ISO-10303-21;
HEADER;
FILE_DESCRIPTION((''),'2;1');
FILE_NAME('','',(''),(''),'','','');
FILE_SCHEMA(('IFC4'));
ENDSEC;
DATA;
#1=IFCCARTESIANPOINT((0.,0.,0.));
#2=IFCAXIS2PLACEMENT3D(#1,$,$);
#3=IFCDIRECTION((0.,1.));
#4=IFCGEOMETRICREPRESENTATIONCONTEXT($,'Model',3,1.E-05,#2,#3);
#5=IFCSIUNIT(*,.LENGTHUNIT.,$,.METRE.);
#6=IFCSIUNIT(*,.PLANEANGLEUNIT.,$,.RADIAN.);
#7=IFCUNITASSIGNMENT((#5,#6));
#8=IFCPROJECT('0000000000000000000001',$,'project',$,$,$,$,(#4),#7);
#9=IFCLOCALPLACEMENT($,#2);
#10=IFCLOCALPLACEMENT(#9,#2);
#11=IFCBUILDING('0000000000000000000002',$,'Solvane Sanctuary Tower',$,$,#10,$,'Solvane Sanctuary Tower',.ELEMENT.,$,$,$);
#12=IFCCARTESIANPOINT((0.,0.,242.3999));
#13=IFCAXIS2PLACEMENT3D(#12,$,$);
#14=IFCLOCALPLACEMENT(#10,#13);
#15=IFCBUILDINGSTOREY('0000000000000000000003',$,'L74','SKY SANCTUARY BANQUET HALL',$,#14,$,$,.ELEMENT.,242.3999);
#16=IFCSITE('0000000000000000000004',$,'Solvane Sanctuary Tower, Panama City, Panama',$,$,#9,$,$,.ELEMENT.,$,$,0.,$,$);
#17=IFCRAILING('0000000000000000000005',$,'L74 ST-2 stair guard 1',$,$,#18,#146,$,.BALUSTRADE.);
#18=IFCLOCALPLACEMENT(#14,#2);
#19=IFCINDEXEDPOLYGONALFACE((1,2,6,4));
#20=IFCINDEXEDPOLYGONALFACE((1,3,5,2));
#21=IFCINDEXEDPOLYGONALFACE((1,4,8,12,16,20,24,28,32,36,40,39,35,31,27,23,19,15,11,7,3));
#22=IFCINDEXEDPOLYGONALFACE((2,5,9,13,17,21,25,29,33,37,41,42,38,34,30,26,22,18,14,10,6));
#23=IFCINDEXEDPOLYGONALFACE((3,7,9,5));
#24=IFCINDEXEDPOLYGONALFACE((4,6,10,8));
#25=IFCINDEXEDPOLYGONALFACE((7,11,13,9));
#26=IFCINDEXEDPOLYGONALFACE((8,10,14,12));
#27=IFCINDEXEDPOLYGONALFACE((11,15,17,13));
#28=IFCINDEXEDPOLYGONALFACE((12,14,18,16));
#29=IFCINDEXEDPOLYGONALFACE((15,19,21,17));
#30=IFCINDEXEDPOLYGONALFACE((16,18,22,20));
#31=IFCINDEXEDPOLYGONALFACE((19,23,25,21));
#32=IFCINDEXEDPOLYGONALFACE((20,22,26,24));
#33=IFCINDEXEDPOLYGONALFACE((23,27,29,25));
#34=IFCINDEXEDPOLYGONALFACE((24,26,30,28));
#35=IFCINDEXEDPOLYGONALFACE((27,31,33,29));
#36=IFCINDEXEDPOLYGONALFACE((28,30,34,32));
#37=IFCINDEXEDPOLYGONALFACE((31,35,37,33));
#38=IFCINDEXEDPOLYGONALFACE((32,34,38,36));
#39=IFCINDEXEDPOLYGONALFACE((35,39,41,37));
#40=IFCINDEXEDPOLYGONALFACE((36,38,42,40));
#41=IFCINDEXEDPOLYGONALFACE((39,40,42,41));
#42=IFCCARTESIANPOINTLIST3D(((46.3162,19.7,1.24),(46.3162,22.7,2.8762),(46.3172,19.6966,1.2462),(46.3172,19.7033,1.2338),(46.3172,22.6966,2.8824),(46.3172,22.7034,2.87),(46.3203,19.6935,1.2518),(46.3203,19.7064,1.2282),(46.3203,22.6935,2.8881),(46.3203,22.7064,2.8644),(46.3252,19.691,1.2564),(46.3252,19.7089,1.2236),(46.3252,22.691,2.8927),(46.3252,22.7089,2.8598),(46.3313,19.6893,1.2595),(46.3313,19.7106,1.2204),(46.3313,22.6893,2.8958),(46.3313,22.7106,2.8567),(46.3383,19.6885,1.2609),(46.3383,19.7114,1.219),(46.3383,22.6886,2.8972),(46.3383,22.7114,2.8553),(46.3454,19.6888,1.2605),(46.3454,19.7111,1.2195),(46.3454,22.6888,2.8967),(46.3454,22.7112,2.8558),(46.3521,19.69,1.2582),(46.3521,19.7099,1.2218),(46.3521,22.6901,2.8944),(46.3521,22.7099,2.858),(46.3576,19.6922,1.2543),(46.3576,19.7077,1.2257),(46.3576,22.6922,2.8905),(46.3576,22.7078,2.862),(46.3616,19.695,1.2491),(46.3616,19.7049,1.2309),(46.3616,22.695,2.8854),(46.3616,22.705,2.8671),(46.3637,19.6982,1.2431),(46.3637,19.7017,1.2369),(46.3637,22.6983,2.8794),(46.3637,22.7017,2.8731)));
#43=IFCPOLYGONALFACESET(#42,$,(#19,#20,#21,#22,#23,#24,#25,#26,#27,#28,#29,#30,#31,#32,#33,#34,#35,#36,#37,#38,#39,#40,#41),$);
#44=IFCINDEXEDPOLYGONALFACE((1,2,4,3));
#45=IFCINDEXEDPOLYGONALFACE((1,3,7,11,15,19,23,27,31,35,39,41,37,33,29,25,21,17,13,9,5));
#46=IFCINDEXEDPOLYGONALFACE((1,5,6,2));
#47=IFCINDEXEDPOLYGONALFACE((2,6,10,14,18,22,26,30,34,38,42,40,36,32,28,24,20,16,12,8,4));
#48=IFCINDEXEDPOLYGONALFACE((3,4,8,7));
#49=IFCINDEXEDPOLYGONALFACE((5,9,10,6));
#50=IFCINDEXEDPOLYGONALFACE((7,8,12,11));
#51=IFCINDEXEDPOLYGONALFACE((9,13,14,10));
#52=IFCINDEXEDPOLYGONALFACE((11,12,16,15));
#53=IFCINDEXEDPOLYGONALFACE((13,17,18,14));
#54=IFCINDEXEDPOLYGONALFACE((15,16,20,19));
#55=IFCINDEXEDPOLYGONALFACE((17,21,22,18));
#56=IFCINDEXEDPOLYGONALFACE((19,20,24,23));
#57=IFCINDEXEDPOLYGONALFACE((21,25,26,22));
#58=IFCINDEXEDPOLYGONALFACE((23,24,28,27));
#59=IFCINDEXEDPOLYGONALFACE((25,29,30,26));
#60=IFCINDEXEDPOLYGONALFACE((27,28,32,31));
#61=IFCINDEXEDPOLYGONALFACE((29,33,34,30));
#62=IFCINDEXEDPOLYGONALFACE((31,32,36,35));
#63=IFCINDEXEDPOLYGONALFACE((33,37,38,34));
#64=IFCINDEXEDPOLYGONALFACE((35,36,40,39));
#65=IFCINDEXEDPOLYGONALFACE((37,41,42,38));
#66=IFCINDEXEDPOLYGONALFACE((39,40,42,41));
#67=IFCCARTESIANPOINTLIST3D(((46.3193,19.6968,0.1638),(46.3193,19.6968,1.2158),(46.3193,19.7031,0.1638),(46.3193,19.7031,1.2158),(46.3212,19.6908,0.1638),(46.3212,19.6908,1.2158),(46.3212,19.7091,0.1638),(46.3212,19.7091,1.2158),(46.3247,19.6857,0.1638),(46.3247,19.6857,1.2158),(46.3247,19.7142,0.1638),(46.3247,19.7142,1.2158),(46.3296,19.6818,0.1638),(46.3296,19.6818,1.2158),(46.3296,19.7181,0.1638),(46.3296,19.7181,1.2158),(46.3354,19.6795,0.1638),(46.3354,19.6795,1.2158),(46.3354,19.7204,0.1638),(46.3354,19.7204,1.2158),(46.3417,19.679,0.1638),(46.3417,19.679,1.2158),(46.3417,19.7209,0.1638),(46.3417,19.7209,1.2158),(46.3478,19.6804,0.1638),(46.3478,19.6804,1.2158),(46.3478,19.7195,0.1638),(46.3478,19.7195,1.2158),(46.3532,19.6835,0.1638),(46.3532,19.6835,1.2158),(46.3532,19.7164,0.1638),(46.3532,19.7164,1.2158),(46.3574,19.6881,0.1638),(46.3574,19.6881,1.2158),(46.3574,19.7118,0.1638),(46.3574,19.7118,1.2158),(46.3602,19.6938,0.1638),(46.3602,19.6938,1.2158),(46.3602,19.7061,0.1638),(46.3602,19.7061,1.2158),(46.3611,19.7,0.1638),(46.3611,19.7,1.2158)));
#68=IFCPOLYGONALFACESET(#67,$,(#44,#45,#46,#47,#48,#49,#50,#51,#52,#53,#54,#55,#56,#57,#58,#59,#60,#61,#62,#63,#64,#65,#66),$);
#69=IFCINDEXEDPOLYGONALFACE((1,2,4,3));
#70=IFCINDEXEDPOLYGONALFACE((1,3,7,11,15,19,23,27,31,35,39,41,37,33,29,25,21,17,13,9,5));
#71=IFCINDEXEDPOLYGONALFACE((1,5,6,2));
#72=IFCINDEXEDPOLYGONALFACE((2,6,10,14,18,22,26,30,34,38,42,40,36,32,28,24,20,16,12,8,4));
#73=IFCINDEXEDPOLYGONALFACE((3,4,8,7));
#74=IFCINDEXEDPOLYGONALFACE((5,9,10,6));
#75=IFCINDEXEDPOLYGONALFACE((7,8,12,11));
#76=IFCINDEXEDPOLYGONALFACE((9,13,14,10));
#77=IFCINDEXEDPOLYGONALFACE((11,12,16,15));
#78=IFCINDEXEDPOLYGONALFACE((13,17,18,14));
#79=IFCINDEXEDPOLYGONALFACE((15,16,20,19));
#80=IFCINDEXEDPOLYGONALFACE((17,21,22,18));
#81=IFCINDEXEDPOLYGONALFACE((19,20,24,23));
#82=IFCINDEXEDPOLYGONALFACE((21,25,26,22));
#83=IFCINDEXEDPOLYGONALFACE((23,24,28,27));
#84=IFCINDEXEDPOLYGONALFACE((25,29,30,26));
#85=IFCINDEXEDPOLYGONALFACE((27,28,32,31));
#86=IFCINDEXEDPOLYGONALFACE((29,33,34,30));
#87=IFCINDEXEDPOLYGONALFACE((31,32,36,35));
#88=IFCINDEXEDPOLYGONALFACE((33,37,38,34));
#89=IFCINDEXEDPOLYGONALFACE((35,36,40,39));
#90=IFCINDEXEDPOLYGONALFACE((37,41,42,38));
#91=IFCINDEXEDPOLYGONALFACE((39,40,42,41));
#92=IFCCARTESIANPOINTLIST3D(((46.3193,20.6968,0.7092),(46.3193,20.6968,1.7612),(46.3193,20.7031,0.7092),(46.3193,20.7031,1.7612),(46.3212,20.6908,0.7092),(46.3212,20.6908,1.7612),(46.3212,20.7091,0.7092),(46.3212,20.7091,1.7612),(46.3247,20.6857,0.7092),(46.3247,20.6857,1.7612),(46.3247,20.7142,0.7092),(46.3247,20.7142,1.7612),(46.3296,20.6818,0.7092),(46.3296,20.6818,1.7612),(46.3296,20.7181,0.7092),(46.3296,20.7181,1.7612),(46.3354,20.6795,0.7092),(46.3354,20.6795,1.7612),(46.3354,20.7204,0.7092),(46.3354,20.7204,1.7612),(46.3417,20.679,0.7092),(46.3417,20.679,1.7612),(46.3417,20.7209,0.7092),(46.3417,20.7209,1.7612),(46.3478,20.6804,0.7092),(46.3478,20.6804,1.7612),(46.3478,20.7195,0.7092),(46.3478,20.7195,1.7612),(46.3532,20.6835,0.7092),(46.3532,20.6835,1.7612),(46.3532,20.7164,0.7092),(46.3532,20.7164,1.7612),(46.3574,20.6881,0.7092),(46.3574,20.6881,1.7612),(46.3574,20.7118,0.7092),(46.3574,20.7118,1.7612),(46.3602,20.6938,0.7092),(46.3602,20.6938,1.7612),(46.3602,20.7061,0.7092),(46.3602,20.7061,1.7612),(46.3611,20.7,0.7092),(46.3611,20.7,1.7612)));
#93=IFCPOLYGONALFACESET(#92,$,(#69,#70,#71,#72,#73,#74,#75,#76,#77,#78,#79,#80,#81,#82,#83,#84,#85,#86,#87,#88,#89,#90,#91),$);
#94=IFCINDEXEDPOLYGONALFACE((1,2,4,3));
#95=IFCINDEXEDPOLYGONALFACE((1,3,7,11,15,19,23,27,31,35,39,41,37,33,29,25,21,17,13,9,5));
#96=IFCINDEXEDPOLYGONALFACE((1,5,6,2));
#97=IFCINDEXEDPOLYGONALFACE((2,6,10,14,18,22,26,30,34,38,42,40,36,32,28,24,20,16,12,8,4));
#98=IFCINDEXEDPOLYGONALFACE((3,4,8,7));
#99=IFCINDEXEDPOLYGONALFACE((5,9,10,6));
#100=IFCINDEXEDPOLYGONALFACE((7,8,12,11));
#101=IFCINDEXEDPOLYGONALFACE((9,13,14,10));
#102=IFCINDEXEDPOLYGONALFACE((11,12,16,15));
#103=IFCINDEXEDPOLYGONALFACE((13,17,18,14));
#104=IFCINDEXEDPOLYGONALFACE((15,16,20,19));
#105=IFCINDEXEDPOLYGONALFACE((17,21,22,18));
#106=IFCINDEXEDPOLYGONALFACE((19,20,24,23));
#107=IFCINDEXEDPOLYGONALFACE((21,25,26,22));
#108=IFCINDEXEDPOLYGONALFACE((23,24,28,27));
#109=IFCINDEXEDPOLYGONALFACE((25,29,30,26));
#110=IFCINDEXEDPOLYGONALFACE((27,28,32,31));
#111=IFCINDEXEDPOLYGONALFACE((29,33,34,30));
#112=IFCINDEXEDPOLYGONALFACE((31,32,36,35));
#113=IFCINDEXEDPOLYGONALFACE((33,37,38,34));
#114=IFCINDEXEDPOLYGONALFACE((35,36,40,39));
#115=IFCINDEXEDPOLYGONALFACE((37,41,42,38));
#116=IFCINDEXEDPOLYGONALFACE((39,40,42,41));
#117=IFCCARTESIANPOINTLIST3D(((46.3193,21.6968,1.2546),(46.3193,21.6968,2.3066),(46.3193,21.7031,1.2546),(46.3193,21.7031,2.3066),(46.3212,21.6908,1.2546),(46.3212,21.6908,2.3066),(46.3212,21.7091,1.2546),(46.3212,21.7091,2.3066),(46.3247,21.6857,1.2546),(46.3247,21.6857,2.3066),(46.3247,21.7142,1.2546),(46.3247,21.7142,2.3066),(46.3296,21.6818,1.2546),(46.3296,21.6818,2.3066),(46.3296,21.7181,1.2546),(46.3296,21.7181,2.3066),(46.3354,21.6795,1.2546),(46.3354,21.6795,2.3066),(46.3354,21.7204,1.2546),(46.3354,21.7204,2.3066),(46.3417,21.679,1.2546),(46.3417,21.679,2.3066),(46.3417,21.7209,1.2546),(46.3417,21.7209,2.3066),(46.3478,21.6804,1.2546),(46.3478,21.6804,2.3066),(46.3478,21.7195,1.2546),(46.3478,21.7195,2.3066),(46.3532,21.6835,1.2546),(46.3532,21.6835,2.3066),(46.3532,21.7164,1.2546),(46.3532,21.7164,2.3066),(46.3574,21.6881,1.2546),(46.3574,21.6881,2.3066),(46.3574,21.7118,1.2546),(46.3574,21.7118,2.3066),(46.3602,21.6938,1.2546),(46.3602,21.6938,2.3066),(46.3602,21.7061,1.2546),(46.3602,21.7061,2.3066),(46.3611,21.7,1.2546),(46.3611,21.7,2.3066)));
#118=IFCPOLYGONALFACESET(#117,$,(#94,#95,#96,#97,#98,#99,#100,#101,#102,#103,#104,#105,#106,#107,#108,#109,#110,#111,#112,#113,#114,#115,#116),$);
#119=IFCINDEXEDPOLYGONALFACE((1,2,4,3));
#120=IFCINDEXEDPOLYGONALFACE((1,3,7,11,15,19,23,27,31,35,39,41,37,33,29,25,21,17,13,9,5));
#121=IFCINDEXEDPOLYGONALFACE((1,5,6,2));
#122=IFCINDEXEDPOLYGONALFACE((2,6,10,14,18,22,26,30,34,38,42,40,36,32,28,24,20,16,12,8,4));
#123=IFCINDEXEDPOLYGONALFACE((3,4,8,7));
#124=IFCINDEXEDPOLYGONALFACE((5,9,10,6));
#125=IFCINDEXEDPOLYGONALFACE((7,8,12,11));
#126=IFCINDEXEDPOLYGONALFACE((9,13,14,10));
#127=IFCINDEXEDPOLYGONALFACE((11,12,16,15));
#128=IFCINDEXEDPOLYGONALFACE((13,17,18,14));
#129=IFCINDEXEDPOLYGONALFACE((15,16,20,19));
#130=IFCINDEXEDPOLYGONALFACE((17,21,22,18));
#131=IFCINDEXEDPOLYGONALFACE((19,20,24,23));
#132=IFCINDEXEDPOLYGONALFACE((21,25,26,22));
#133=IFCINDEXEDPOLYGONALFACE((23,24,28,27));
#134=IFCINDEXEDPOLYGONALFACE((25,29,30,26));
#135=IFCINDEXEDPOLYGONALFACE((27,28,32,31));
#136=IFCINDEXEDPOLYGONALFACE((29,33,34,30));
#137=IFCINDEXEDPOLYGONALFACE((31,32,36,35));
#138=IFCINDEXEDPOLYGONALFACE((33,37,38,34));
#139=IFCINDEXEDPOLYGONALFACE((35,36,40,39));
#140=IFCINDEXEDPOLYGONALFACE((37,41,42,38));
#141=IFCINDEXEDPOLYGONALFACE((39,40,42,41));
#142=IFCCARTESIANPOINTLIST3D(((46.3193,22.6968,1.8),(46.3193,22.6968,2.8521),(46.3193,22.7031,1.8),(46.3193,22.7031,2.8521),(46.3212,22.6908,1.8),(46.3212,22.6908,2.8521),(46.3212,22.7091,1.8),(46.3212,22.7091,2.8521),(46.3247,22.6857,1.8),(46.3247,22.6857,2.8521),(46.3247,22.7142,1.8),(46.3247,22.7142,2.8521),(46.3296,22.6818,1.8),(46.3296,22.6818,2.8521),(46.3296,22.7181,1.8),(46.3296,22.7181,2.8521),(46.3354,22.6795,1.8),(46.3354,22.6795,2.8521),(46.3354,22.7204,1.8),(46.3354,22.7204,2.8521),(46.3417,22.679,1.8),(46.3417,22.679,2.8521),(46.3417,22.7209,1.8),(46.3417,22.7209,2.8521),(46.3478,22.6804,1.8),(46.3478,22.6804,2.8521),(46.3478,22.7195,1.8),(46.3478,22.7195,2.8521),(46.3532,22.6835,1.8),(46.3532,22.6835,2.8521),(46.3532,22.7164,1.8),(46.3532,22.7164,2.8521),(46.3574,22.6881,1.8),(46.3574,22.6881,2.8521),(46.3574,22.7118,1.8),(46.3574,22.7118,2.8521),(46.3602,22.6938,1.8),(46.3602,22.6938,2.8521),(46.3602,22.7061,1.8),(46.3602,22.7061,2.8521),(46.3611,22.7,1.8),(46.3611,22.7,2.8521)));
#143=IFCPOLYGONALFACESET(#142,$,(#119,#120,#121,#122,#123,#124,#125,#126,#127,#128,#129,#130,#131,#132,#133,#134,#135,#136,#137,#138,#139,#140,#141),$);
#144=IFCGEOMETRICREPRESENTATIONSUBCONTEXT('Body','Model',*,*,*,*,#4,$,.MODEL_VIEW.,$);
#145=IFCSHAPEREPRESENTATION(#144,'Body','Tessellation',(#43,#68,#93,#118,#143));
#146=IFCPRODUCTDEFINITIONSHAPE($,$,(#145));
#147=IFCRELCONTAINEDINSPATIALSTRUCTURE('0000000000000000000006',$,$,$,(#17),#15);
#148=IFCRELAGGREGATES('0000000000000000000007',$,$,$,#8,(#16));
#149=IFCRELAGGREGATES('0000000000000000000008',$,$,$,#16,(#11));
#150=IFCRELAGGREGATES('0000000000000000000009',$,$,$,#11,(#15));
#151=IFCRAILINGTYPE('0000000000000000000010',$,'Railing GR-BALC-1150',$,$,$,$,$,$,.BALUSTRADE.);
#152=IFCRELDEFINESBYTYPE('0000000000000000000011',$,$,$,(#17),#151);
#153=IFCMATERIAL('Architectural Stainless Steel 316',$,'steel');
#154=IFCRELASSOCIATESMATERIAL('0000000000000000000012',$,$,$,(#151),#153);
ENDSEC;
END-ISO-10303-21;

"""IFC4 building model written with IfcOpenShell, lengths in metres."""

from ifc_helpers import new_model, si_unit, direction, frame, origin, origin_2d, place, context, subcontext, project, spatial, circle, extrude, material, type_object, element, save


model = new_model("IFC4")

# Units and contexts
model_context = context("Model", 3, precision=1e-05, world=origin(), true_north=direction((0.0, 1.0)))
body_context = subcontext(model_context, "Body", "Model", "MODEL_VIEW")
ifc_project = project(units=[si_unit("LENGTHUNIT", "METRE"), si_unit("PLANEANGLEUNIT", "RADIAN")], contexts=[model_context])

# Site, building, storey
site_placement = place(None, origin())
site = spatial("IfcSite", under=ifc_project, at=site_placement, Name="Solvane Sanctuary Tower, Panama City, Panama", CompositionType="ELEMENT", RefElevation=0.0)
building_placement = place(site_placement, origin())
building = spatial("IfcBuilding", under=site, at=building_placement, Name="Solvane Sanctuary Tower", LongName="Solvane Sanctuary Tower", CompositionType="ELEMENT")
storey_placement = place(building_placement, frame((0.0, 0.0, 242.3999)))
storey = spatial("IfcBuildingStorey", under=building, at=storey_placement, Name="L74", Description="SKY SANCTUARY BANQUET HALL", CompositionType="ELEMENT", Elevation=242.3999)

# Shared definitions
ifc_material_1 = material(Name="Architectural Stainless Steel 316", Category="steel")

# Railing
railing_type_1 = type_object("IfcRailingType", Name="Railing GR-BALC-1150", PredefinedType="BALUSTRADE", material=ifc_material_1)
railing_1_placement = place(storey_placement, frame((46.3401, 19.7, 0.1638)))
element("IfcRailing", 1, at=railing_1_placement, inside=storey, type_object=railing_type_1, Name="L74 ST-2 stair guard 1", PredefinedType="BALUSTRADE", context=body_context, shape_type="SweptSolid", body=[
    extrude(circle(Radius=0.0239, at=origin_2d()), frame((0.0, 0.0, 1.0762), z_axis=(0.0, 0.877912, 0.478822), x_axis=(-1.0, 0.0, 0.0)), (0.0, 0.0, 1.0), 3.4172),
    extrude(circle(Radius=0.021, at=origin_2d()), origin(), (0.0, 0.0, 1.0), 1.052),
    extrude(circle(Radius=0.021, at=origin_2d()), frame((0.0, 1.0, 0.5454)), (0.0, 0.0, 1.0), 1.052),
    extrude(circle(Radius=0.021, at=origin_2d()), frame((0.0, 2.0, 1.0908)), (0.0, 0.0, 1.0), 1.052),
    extrude(circle(Radius=0.021, at=origin_2d()), frame((0.0, 3.0, 1.6362)), (0.0, 0.0, 1.0), 1.052),
])

save(model, "model.ifc")
